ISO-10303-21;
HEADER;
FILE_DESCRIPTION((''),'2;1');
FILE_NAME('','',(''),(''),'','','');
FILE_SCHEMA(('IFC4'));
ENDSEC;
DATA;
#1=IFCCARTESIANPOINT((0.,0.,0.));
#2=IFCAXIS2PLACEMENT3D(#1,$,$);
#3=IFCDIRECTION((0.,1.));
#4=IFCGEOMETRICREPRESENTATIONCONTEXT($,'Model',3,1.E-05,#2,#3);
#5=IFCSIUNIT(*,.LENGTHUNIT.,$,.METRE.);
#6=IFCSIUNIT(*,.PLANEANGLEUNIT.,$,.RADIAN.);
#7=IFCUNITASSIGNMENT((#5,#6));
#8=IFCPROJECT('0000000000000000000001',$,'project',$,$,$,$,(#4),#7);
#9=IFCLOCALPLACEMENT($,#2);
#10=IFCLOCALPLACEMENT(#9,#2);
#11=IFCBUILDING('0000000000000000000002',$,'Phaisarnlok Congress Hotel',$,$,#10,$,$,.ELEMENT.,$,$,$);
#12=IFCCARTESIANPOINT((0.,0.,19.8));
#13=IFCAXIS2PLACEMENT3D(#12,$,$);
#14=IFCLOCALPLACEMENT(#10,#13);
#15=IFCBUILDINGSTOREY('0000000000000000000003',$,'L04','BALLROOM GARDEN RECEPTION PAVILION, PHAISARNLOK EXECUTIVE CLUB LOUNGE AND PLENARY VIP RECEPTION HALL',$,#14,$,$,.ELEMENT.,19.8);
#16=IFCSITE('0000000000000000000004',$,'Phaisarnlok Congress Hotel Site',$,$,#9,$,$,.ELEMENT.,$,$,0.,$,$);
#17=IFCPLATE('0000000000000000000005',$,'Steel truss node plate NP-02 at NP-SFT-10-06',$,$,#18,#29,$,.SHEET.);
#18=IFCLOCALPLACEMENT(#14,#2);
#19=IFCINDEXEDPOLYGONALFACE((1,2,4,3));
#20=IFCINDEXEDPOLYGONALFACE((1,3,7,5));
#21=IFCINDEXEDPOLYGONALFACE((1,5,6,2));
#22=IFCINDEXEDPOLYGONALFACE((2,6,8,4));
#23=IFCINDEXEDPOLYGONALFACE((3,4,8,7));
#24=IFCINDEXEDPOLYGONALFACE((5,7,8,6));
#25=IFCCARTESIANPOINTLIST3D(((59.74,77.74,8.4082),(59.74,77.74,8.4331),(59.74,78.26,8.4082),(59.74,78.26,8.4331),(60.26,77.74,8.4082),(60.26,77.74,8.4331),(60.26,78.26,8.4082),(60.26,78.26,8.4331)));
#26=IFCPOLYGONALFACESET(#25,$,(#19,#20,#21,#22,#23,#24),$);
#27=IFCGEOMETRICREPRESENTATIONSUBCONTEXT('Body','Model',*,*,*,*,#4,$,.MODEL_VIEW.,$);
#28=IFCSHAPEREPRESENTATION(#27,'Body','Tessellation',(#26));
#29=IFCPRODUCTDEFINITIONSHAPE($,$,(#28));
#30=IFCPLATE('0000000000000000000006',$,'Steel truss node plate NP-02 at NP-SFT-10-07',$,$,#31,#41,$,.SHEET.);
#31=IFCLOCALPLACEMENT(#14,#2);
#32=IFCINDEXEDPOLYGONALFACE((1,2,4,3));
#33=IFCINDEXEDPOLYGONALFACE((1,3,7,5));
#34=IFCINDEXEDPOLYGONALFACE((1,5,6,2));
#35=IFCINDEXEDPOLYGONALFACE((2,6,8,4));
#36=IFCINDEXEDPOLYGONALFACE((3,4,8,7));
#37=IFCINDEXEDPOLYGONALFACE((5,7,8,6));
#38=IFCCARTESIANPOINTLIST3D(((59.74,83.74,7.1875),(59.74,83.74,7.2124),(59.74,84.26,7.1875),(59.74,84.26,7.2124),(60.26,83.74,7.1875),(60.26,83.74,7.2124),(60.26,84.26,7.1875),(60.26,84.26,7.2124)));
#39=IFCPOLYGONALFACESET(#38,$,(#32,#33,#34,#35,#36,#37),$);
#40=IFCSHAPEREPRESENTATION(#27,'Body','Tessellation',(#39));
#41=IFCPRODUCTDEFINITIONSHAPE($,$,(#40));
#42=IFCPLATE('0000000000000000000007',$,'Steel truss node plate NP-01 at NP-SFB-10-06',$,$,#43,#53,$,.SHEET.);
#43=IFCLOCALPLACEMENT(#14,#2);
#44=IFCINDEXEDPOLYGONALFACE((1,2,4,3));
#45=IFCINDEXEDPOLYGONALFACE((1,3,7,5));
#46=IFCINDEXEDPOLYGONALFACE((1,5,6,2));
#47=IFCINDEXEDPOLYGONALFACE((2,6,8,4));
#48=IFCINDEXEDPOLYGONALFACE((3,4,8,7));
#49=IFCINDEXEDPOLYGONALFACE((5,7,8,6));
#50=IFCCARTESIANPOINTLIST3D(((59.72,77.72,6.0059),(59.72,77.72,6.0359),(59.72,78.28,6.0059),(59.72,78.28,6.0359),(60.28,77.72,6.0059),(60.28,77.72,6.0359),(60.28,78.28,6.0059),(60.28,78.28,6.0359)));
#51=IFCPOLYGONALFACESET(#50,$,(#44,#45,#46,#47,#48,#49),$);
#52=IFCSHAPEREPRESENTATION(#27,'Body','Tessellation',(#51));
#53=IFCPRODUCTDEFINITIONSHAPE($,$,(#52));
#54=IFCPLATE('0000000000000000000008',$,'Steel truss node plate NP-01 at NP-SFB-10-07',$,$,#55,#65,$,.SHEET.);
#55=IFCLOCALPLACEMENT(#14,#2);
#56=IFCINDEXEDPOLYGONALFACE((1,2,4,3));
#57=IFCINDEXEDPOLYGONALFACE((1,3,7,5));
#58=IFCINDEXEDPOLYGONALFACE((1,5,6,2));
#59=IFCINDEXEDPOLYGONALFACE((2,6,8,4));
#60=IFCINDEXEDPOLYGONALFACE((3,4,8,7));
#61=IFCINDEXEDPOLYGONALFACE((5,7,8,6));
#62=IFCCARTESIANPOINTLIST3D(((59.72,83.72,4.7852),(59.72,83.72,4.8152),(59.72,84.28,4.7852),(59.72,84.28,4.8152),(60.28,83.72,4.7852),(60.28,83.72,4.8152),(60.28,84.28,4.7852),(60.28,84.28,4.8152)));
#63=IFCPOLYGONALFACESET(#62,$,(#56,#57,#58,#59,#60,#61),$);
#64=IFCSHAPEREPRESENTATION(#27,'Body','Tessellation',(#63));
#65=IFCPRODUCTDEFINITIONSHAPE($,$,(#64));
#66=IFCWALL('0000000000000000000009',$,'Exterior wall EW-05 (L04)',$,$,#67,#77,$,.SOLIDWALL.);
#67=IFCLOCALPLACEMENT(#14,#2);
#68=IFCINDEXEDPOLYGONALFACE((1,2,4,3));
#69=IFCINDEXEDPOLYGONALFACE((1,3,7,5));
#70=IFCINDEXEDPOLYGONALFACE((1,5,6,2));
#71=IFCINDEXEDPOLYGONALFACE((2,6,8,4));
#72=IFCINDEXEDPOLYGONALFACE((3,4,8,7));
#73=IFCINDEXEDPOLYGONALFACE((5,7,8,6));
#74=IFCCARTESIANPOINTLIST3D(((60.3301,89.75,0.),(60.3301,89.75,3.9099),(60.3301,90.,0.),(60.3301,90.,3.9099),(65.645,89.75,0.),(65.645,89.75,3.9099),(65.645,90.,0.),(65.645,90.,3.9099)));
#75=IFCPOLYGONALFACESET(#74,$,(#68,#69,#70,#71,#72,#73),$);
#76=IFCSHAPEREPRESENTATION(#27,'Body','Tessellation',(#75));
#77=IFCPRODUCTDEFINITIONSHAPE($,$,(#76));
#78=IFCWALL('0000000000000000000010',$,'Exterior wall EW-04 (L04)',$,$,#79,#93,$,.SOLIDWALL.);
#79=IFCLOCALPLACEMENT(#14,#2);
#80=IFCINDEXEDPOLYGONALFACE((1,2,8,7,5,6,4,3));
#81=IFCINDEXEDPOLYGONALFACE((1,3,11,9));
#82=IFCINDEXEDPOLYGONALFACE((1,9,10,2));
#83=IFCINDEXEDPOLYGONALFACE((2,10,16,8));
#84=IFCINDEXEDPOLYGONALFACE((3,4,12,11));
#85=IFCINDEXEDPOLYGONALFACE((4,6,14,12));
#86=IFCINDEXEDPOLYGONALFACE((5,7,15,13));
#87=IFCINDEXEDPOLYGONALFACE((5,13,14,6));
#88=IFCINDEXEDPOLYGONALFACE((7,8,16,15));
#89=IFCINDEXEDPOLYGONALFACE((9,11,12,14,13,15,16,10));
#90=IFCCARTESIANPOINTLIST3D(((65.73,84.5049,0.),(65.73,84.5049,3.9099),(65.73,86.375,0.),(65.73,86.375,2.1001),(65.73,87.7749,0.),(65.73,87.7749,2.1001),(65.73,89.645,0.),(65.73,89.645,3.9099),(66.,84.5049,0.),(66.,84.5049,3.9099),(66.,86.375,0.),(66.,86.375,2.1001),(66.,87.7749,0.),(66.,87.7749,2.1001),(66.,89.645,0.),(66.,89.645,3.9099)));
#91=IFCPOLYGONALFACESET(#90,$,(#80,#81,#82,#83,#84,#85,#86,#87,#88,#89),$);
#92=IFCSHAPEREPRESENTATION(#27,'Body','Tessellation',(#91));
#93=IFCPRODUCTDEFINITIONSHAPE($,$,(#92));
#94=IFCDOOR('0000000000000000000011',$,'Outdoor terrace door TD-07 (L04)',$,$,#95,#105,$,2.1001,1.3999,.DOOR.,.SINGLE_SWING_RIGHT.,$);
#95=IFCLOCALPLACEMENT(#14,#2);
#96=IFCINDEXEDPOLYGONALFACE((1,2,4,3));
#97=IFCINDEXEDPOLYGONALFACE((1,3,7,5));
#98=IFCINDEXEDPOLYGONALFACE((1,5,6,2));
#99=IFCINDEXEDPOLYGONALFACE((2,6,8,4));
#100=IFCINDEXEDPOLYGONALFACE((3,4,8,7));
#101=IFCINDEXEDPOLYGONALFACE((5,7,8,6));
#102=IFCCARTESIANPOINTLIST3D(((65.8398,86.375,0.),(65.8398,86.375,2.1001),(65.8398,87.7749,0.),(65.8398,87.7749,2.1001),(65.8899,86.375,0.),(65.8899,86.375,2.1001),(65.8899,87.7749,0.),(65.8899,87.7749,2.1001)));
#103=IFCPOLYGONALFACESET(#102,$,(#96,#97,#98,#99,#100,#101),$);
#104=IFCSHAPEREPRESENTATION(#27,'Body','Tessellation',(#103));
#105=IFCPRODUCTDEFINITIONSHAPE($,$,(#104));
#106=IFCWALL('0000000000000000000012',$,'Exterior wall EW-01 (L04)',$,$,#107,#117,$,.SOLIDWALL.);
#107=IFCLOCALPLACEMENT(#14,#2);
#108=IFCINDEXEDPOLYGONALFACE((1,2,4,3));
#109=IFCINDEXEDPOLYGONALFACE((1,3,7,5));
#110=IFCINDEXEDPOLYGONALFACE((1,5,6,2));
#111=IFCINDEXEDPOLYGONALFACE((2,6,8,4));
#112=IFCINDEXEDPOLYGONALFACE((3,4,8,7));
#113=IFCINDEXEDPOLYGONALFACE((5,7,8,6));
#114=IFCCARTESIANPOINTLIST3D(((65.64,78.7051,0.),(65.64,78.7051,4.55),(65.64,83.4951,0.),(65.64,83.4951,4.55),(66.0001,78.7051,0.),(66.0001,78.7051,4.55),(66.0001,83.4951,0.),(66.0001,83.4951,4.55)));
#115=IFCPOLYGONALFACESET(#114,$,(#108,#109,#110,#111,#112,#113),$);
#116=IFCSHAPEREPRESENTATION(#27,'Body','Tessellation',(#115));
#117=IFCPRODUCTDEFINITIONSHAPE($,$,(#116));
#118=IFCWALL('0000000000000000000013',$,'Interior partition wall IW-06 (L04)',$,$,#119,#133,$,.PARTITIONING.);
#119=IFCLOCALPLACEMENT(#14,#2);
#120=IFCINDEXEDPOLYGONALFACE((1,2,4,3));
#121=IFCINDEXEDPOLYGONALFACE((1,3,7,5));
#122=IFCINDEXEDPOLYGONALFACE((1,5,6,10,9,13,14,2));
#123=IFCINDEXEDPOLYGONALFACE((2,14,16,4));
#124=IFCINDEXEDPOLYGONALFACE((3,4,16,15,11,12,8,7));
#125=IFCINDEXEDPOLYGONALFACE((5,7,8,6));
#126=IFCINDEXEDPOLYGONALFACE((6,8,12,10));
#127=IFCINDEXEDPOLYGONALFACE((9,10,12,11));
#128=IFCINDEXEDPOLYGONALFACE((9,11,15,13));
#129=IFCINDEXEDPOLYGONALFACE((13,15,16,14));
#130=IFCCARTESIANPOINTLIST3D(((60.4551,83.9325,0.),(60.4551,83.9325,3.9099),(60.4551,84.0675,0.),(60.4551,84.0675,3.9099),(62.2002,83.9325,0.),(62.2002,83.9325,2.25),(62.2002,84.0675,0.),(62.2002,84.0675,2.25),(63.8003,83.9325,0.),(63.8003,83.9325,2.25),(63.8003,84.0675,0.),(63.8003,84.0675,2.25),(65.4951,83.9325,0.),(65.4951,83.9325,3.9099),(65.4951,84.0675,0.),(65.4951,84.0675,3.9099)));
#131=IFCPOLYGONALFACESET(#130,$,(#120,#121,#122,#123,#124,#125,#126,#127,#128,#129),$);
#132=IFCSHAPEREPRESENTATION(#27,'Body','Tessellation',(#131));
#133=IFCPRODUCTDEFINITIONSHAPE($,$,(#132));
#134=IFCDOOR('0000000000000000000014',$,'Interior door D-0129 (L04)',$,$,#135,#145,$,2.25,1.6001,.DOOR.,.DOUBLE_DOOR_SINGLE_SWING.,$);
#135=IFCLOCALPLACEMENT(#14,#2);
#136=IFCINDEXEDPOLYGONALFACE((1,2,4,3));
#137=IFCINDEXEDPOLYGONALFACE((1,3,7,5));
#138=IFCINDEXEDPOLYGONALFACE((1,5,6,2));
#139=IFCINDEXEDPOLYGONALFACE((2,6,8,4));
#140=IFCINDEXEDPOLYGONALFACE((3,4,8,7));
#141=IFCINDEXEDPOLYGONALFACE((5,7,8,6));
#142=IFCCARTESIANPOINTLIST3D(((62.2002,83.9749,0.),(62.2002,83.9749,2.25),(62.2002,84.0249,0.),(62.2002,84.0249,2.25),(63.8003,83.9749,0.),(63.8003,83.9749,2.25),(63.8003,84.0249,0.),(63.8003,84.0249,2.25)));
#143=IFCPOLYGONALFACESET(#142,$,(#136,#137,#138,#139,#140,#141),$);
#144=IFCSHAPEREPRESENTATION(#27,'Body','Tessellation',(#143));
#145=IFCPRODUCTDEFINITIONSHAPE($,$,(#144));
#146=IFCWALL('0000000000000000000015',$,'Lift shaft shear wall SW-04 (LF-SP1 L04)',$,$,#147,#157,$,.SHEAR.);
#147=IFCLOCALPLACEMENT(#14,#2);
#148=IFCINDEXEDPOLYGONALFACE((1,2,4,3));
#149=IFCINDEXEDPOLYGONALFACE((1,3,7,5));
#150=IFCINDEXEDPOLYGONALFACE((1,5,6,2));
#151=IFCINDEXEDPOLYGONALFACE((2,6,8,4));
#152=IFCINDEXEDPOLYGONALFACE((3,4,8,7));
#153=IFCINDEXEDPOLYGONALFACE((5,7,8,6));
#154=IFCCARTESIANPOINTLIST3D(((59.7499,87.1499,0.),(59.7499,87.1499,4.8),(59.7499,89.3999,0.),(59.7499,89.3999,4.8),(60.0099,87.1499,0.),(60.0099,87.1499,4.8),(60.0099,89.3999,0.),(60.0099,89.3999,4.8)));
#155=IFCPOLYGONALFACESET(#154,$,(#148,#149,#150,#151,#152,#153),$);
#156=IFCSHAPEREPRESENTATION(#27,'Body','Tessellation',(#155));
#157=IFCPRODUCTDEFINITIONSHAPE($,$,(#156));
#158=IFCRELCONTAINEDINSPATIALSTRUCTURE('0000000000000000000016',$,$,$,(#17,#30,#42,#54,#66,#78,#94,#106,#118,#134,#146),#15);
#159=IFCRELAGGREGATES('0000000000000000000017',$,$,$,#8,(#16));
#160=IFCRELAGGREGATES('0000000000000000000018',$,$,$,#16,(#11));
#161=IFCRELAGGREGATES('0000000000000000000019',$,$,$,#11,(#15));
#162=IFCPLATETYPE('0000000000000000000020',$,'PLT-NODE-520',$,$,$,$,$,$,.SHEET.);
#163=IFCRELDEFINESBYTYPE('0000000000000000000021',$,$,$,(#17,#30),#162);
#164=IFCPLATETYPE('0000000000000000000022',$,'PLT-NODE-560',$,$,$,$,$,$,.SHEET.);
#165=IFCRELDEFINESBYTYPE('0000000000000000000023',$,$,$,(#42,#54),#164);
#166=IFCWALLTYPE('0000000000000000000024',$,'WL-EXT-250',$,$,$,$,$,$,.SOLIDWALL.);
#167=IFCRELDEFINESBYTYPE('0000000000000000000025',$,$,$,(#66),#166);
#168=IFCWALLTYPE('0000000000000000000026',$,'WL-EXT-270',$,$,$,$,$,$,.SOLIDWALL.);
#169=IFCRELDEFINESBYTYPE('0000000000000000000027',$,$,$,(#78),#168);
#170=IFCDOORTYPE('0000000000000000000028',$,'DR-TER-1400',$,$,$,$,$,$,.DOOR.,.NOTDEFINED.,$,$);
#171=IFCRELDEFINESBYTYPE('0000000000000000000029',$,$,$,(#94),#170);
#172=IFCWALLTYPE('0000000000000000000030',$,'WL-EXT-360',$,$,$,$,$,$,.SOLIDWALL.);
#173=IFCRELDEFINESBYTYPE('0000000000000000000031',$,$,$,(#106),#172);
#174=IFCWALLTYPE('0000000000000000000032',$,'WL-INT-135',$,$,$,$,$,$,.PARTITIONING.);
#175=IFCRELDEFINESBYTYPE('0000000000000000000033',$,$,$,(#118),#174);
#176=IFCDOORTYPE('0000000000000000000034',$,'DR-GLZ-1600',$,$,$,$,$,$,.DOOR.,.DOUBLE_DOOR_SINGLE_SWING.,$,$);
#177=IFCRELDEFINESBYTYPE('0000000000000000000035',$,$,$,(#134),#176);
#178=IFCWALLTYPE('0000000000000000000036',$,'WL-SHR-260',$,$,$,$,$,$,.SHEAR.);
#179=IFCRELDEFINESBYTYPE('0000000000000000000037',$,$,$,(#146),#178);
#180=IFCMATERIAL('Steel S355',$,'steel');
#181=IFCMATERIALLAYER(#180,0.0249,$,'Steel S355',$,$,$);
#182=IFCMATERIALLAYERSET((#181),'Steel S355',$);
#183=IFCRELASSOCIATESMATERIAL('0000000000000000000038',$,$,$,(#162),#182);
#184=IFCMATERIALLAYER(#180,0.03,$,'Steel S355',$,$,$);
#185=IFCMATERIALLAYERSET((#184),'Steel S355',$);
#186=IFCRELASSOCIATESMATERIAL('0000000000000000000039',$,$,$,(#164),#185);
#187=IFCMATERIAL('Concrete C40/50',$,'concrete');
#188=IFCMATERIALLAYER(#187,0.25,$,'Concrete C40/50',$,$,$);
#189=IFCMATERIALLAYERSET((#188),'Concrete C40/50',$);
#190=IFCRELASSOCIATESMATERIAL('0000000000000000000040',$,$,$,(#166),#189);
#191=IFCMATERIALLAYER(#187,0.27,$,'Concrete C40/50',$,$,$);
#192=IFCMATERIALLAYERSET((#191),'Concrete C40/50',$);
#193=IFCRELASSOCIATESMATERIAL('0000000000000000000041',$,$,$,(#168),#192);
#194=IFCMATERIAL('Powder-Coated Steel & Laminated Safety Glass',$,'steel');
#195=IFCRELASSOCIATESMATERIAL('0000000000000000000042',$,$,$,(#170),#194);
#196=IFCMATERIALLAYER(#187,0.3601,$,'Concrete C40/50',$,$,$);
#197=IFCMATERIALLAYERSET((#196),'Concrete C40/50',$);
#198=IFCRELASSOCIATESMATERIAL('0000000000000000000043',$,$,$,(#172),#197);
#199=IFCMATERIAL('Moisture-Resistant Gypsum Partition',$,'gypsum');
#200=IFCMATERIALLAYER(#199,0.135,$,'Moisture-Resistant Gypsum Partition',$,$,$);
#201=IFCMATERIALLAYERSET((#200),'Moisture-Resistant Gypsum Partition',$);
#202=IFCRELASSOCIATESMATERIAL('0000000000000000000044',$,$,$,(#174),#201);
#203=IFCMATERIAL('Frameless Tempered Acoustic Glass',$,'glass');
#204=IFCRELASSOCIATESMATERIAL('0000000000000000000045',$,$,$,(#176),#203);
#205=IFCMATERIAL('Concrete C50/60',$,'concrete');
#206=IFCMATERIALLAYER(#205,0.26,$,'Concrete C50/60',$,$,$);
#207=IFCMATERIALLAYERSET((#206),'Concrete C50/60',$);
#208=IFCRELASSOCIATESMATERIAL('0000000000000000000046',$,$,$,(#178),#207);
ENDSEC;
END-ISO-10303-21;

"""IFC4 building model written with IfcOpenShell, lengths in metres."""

from ifc_helpers import new_model, si_unit, direction, frame, frame_2d, origin, origin_2d, place, context, subcontext, project, spatial, rectangle, extrude, material, layer, layer_set, type_object, element, fill, save


model = new_model("IFC4")

# Units and contexts
model_context = context("Model", 3, precision=1e-05, world=origin(), true_north=direction((0.0, 1.0)))
body_context = subcontext(model_context, "Body", "Model", "MODEL_VIEW")
ifc_project = project(units=[si_unit("LENGTHUNIT", "METRE"), si_unit("PLANEANGLEUNIT", "RADIAN")], contexts=[model_context])

# Site, building, storey
site_placement = place(None, origin())
site = spatial("IfcSite", under=ifc_project, at=site_placement, Name="Phaisarnlok Congress Hotel Site", CompositionType="ELEMENT", RefElevation=0.0)
building_placement = place(site_placement, origin())
building = spatial("IfcBuilding", under=site, at=building_placement, Name="Phaisarnlok Congress Hotel", CompositionType="ELEMENT")
storey_placement = place(building_placement, frame((0.0, 0.0, 19.8)))
storey = spatial("IfcBuildingStorey", under=building, at=storey_placement, Name="L04", Description="BALLROOM GARDEN RECEPTION PAVILION, PHAISARNLOK EXECUTIVE CLUB LOUNGE AND PLENARY VIP RECEPTION HALL", CompositionType="ELEMENT", Elevation=19.8)

# Shared definitions
ifc_material_1 = material(Name="Concrete C50/60", Category="concrete")

# Shared definitions
ifc_material_2 = material(Name="Steel S355", Category="steel")

# Shared definitions
ifc_material_3 = material(Name="Concrete C40/50", Category="concrete")

# Plates
ifc_layer_1 = layer(ifc_material_2, 0.0249, Name="Steel S355")
ifc_layer_set_1 = layer_set([ifc_layer_1], Name="Steel S355")
plate_type_1 = type_object("IfcPlateType", Name="PLT-NODE-520", PredefinedType="SHEET", material=ifc_layer_set_1)
for number, where, z_axis, x_axis, name in (
    (1, (60.0, 78.0, 8.4082), (0.0, 0.0, 1.0), (1.0, 0.0, 0.0), "Steel truss node plate NP-02 at NP-SFT-10-06"),
    (2, (60.0, 84.0, 7.1875), (0.0, 0.0, 1.0), (1.0, 0.0, 0.0), "Steel truss node plate NP-02 at NP-SFT-10-07"),
):
    element("IfcPlate", number, at=place(storey_placement, frame(where, z_axis=z_axis, x_axis=x_axis)), inside=storey, type_object=plate_type_1, Name=name, PredefinedType="SHEET", context=body_context, shape_type="SweptSolid", body=[
        extrude(rectangle(XDim=0.52, YDim=0.52, at=origin_2d()), origin(), (0.0, 0.0, 1.0), 0.0249),
    ])
ifc_layer_2 = layer(ifc_material_2, 0.03, Name="Steel S355")
ifc_layer_set_2 = layer_set([ifc_layer_2], Name="Steel S355")
plate_type_2 = type_object("IfcPlateType", Name="PLT-NODE-560", PredefinedType="SHEET", material=ifc_layer_set_2)
for number, where, z_axis, x_axis, name in (
    (3, (60.0, 78.0, 6.0059), (0.0, 0.0, 1.0), (1.0, 0.0, 0.0), "Steel truss node plate NP-01 at NP-SFB-10-06"),
    (4, (60.0, 84.0, 4.7852), (0.0, 0.0, 1.0), (1.0, 0.0, 0.0), "Steel truss node plate NP-01 at NP-SFB-10-07"),
):
    element("IfcPlate", number, at=place(storey_placement, frame(where, z_axis=z_axis, x_axis=x_axis)), inside=storey, type_object=plate_type_2, Name=name, PredefinedType="SHEET", context=body_context, shape_type="SweptSolid", body=[
        extrude(rectangle(XDim=0.5601, YDim=0.5601, at=origin_2d()), origin(), (0.0, 0.0, 1.0), 0.03),
    ])

# Wall
ifc_layer_3 = layer(ifc_material_3, 0.25, Name="Concrete C40/50")
ifc_layer_set_3 = layer_set([ifc_layer_3], Name="Concrete C40/50")
wall_type_1 = type_object("IfcWallType", Name="WL-EXT-250", PredefinedType="SOLIDWALL", material=ifc_layer_set_3)
wall_1_placement = place(storey_placement, frame((65.645, 89.875, 0.0), z_axis=(0.0, 0.0, 1.0), x_axis=(-1.0, 0.0, 0.0)))
element("IfcWall", 5, at=wall_1_placement, inside=storey, type_object=wall_type_1, Name="Exterior wall EW-05 (L04)", PredefinedType="SOLIDWALL", context=body_context, shape_type="SweptSolid", body=[
    extrude(rectangle(XDim=5.3149, YDim=0.25, at=frame_2d((2.6575, 0.0))), origin(), (0.0, 0.0, 1.0), 3.9099),
])

# Wall, opening, door
ifc_layer_4 = layer(ifc_material_3, 0.27, Name="Concrete C40/50")
ifc_layer_set_4 = layer_set([ifc_layer_4], Name="Concrete C40/50")
wall_type_2 = type_object("IfcWallType", Name="WL-EXT-270", PredefinedType="SOLIDWALL", material=ifc_layer_set_4)
wall_2_placement = place(storey_placement, frame((65.865, 84.5049, 0.0), z_axis=(0.0, 0.0, 1.0), x_axis=(0.0, 1.0, 0.0)))
wall_2 = element("IfcWall", 6, at=wall_2_placement, inside=storey, type_object=wall_type_2, Name="Exterior wall EW-04 (L04)", PredefinedType="SOLIDWALL", context=body_context, shape_type="SweptSolid", body=[
    extrude(rectangle(XDim=5.1401, YDim=0.27, at=frame_2d((2.5701, 0.0))), origin(), (0.0, 0.0, 1.0), 3.9099),
])
opening_1_placement = place(wall_2_placement, frame((1.8701, 0.0, 0.0)))
opening_1 = element("IfcOpeningElement", 7, at=opening_1_placement, cuts=wall_2, PredefinedType="OPENING", context=body_context, shape_type="SweptSolid", body=[
    extrude(rectangle(XDim=1.3999, YDim=2.1001, at=frame_2d((0.7, 1.05))), frame((0.0, 0.145, 0.0), z_axis=(0.0, -1.0, 0.0), x_axis=(1.0, 0.0, 0.0)), (0.0, 0.0, 1.0), 0.29),
])
ifc_material_4 = material(Name="Powder-Coated Steel & Laminated Safety Glass", Category="steel")
door_type_1 = type_object("IfcDoorType", Name="DR-TER-1400", OperationType="NOTDEFINED", PredefinedType="DOOR", material=ifc_material_4)
door_1_placement = place(opening_1_placement, frame((1.3999, 0.0, 0.0), z_axis=(0.0, 0.0, 1.0), x_axis=(-1.0, 0.0, 0.0)))
door_1 = element("IfcDoor", 8, at=door_1_placement, inside=storey, type_object=door_type_1, Name="Outdoor terrace door TD-07 (L04)", OperationType="SINGLE_SWING_RIGHT", OverallHeight=2.1001, OverallWidth=1.3999, PredefinedType="DOOR", context=body_context, shape_type="SweptSolid", body=[
    extrude(rectangle(XDim=1.3999, YDim=2.1001, at=frame_2d((0.7, 1.05))), frame((0.0, 0.0249, 0.0), z_axis=(0.0, -1.0, 0.0), x_axis=(1.0, 0.0, 0.0)), (0.0, 0.0, 1.0), 0.05),
])
fill(opening_1, door_1)

# Wall
ifc_layer_5 = layer(ifc_material_3, 0.3601, Name="Concrete C40/50")
ifc_layer_set_5 = layer_set([ifc_layer_5], Name="Concrete C40/50")
wall_type_3 = type_object("IfcWallType", Name="WL-EXT-360", PredefinedType="SOLIDWALL", material=ifc_layer_set_5)
wall_3_placement = place(storey_placement, frame((65.8201, 78.7051, 0.0), z_axis=(0.0, 0.0, 1.0), x_axis=(0.0, 1.0, 0.0)))
element("IfcWall", 9, at=wall_3_placement, inside=storey, type_object=wall_type_3, Name="Exterior wall EW-01 (L04)", PredefinedType="SOLIDWALL", context=body_context, shape_type="SweptSolid", body=[
    extrude(rectangle(XDim=4.79, YDim=0.3601, at=frame_2d((2.395, 0.0))), origin(), (0.0, 0.0, 1.0), 4.55),
])

# Wall, opening, door
ifc_material_5 = material(Name="Moisture-Resistant Gypsum Partition", Category="gypsum")
ifc_layer_6 = layer(ifc_material_5, 0.135, Name="Moisture-Resistant Gypsum Partition")
ifc_layer_set_6 = layer_set([ifc_layer_6], Name="Moisture-Resistant Gypsum Partition")
wall_type_4 = type_object("IfcWallType", Name="WL-INT-135", PredefinedType="PARTITIONING", material=ifc_layer_set_6)
wall_4_placement = place(storey_placement, frame((60.4551, 84.0, 0.0), z_axis=(0.0, 0.0, 1.0), x_axis=(1.0, 0.0, 0.0)))
wall_4 = element("IfcWall", 10, at=wall_4_placement, inside=storey, type_object=wall_type_4, Name="Interior partition wall IW-06 (L04)", PredefinedType="PARTITIONING", context=body_context, shape_type="SweptSolid", body=[
    extrude(rectangle(XDim=5.04, YDim=0.135, at=frame_2d((2.52, 0.0))), origin(), (0.0, 0.0, 1.0), 3.9099),
])
opening_2_placement = place(wall_4_placement, frame((1.7451, 0.0, 0.0)))
opening_2 = element("IfcOpeningElement", 11, at=opening_2_placement, cuts=wall_4, PredefinedType="OPENING", context=body_context, shape_type="SweptSolid", body=[
    extrude(rectangle(XDim=1.6001, YDim=2.25, at=frame_2d((0.8, 1.125))), frame((0.0, 0.0776, 0.0), z_axis=(0.0, -1.0, 0.0), x_axis=(1.0, 0.0, 0.0)), (0.0, 0.0, 1.0), 0.155),
])
ifc_material_6 = material(Name="Frameless Tempered Acoustic Glass", Category="glass")
door_type_2 = type_object("IfcDoorType", Name="DR-GLZ-1600", OperationType="DOUBLE_DOOR_SINGLE_SWING", PredefinedType="DOOR", material=ifc_material_6)
door_2_placement = place(opening_2_placement, origin())
door_2 = element("IfcDoor", 12, at=door_2_placement, inside=storey, type_object=door_type_2, Name="Interior door D-0129 (L04)", OperationType="DOUBLE_DOOR_SINGLE_SWING", OverallHeight=2.25, OverallWidth=1.6001, PredefinedType="DOOR", context=body_context, shape_type="SweptSolid", body=[
    extrude(rectangle(XDim=1.6001, YDim=2.25, at=frame_2d((0.8, 1.125))), frame((0.0, 0.0249, 0.0), z_axis=(0.0, -1.0, 0.0), x_axis=(1.0, 0.0, 0.0)), (0.0, 0.0, 1.0), 0.05),
])
fill(opening_2, door_2)

# Wall
ifc_layer_7 = layer(ifc_material_1, 0.26, Name="Concrete C50/60")
ifc_layer_set_7 = layer_set([ifc_layer_7], Name="Concrete C50/60")
wall_type_5 = type_object("IfcWallType", Name="WL-SHR-260", PredefinedType="SHEAR", material=ifc_layer_set_7)
wall_5_placement = place(storey_placement, frame((59.8799, 87.1499, 0.0), z_axis=(0.0, 0.0, 1.0), x_axis=(0.0, 1.0, 0.0)))
element("IfcWall", 13, at=wall_5_placement, inside=storey, type_object=wall_type_5, Name="Lift shaft shear wall SW-04 (LF-SP1 L04)", PredefinedType="SHEAR", context=body_context, shape_type="SweptSolid", body=[
    extrude(rectangle(XDim=2.25, YDim=0.26, at=frame_2d((1.125, 0.0))), origin(), (0.0, 0.0, 1.0), 4.8),
])

save(model, "model.ifc")
